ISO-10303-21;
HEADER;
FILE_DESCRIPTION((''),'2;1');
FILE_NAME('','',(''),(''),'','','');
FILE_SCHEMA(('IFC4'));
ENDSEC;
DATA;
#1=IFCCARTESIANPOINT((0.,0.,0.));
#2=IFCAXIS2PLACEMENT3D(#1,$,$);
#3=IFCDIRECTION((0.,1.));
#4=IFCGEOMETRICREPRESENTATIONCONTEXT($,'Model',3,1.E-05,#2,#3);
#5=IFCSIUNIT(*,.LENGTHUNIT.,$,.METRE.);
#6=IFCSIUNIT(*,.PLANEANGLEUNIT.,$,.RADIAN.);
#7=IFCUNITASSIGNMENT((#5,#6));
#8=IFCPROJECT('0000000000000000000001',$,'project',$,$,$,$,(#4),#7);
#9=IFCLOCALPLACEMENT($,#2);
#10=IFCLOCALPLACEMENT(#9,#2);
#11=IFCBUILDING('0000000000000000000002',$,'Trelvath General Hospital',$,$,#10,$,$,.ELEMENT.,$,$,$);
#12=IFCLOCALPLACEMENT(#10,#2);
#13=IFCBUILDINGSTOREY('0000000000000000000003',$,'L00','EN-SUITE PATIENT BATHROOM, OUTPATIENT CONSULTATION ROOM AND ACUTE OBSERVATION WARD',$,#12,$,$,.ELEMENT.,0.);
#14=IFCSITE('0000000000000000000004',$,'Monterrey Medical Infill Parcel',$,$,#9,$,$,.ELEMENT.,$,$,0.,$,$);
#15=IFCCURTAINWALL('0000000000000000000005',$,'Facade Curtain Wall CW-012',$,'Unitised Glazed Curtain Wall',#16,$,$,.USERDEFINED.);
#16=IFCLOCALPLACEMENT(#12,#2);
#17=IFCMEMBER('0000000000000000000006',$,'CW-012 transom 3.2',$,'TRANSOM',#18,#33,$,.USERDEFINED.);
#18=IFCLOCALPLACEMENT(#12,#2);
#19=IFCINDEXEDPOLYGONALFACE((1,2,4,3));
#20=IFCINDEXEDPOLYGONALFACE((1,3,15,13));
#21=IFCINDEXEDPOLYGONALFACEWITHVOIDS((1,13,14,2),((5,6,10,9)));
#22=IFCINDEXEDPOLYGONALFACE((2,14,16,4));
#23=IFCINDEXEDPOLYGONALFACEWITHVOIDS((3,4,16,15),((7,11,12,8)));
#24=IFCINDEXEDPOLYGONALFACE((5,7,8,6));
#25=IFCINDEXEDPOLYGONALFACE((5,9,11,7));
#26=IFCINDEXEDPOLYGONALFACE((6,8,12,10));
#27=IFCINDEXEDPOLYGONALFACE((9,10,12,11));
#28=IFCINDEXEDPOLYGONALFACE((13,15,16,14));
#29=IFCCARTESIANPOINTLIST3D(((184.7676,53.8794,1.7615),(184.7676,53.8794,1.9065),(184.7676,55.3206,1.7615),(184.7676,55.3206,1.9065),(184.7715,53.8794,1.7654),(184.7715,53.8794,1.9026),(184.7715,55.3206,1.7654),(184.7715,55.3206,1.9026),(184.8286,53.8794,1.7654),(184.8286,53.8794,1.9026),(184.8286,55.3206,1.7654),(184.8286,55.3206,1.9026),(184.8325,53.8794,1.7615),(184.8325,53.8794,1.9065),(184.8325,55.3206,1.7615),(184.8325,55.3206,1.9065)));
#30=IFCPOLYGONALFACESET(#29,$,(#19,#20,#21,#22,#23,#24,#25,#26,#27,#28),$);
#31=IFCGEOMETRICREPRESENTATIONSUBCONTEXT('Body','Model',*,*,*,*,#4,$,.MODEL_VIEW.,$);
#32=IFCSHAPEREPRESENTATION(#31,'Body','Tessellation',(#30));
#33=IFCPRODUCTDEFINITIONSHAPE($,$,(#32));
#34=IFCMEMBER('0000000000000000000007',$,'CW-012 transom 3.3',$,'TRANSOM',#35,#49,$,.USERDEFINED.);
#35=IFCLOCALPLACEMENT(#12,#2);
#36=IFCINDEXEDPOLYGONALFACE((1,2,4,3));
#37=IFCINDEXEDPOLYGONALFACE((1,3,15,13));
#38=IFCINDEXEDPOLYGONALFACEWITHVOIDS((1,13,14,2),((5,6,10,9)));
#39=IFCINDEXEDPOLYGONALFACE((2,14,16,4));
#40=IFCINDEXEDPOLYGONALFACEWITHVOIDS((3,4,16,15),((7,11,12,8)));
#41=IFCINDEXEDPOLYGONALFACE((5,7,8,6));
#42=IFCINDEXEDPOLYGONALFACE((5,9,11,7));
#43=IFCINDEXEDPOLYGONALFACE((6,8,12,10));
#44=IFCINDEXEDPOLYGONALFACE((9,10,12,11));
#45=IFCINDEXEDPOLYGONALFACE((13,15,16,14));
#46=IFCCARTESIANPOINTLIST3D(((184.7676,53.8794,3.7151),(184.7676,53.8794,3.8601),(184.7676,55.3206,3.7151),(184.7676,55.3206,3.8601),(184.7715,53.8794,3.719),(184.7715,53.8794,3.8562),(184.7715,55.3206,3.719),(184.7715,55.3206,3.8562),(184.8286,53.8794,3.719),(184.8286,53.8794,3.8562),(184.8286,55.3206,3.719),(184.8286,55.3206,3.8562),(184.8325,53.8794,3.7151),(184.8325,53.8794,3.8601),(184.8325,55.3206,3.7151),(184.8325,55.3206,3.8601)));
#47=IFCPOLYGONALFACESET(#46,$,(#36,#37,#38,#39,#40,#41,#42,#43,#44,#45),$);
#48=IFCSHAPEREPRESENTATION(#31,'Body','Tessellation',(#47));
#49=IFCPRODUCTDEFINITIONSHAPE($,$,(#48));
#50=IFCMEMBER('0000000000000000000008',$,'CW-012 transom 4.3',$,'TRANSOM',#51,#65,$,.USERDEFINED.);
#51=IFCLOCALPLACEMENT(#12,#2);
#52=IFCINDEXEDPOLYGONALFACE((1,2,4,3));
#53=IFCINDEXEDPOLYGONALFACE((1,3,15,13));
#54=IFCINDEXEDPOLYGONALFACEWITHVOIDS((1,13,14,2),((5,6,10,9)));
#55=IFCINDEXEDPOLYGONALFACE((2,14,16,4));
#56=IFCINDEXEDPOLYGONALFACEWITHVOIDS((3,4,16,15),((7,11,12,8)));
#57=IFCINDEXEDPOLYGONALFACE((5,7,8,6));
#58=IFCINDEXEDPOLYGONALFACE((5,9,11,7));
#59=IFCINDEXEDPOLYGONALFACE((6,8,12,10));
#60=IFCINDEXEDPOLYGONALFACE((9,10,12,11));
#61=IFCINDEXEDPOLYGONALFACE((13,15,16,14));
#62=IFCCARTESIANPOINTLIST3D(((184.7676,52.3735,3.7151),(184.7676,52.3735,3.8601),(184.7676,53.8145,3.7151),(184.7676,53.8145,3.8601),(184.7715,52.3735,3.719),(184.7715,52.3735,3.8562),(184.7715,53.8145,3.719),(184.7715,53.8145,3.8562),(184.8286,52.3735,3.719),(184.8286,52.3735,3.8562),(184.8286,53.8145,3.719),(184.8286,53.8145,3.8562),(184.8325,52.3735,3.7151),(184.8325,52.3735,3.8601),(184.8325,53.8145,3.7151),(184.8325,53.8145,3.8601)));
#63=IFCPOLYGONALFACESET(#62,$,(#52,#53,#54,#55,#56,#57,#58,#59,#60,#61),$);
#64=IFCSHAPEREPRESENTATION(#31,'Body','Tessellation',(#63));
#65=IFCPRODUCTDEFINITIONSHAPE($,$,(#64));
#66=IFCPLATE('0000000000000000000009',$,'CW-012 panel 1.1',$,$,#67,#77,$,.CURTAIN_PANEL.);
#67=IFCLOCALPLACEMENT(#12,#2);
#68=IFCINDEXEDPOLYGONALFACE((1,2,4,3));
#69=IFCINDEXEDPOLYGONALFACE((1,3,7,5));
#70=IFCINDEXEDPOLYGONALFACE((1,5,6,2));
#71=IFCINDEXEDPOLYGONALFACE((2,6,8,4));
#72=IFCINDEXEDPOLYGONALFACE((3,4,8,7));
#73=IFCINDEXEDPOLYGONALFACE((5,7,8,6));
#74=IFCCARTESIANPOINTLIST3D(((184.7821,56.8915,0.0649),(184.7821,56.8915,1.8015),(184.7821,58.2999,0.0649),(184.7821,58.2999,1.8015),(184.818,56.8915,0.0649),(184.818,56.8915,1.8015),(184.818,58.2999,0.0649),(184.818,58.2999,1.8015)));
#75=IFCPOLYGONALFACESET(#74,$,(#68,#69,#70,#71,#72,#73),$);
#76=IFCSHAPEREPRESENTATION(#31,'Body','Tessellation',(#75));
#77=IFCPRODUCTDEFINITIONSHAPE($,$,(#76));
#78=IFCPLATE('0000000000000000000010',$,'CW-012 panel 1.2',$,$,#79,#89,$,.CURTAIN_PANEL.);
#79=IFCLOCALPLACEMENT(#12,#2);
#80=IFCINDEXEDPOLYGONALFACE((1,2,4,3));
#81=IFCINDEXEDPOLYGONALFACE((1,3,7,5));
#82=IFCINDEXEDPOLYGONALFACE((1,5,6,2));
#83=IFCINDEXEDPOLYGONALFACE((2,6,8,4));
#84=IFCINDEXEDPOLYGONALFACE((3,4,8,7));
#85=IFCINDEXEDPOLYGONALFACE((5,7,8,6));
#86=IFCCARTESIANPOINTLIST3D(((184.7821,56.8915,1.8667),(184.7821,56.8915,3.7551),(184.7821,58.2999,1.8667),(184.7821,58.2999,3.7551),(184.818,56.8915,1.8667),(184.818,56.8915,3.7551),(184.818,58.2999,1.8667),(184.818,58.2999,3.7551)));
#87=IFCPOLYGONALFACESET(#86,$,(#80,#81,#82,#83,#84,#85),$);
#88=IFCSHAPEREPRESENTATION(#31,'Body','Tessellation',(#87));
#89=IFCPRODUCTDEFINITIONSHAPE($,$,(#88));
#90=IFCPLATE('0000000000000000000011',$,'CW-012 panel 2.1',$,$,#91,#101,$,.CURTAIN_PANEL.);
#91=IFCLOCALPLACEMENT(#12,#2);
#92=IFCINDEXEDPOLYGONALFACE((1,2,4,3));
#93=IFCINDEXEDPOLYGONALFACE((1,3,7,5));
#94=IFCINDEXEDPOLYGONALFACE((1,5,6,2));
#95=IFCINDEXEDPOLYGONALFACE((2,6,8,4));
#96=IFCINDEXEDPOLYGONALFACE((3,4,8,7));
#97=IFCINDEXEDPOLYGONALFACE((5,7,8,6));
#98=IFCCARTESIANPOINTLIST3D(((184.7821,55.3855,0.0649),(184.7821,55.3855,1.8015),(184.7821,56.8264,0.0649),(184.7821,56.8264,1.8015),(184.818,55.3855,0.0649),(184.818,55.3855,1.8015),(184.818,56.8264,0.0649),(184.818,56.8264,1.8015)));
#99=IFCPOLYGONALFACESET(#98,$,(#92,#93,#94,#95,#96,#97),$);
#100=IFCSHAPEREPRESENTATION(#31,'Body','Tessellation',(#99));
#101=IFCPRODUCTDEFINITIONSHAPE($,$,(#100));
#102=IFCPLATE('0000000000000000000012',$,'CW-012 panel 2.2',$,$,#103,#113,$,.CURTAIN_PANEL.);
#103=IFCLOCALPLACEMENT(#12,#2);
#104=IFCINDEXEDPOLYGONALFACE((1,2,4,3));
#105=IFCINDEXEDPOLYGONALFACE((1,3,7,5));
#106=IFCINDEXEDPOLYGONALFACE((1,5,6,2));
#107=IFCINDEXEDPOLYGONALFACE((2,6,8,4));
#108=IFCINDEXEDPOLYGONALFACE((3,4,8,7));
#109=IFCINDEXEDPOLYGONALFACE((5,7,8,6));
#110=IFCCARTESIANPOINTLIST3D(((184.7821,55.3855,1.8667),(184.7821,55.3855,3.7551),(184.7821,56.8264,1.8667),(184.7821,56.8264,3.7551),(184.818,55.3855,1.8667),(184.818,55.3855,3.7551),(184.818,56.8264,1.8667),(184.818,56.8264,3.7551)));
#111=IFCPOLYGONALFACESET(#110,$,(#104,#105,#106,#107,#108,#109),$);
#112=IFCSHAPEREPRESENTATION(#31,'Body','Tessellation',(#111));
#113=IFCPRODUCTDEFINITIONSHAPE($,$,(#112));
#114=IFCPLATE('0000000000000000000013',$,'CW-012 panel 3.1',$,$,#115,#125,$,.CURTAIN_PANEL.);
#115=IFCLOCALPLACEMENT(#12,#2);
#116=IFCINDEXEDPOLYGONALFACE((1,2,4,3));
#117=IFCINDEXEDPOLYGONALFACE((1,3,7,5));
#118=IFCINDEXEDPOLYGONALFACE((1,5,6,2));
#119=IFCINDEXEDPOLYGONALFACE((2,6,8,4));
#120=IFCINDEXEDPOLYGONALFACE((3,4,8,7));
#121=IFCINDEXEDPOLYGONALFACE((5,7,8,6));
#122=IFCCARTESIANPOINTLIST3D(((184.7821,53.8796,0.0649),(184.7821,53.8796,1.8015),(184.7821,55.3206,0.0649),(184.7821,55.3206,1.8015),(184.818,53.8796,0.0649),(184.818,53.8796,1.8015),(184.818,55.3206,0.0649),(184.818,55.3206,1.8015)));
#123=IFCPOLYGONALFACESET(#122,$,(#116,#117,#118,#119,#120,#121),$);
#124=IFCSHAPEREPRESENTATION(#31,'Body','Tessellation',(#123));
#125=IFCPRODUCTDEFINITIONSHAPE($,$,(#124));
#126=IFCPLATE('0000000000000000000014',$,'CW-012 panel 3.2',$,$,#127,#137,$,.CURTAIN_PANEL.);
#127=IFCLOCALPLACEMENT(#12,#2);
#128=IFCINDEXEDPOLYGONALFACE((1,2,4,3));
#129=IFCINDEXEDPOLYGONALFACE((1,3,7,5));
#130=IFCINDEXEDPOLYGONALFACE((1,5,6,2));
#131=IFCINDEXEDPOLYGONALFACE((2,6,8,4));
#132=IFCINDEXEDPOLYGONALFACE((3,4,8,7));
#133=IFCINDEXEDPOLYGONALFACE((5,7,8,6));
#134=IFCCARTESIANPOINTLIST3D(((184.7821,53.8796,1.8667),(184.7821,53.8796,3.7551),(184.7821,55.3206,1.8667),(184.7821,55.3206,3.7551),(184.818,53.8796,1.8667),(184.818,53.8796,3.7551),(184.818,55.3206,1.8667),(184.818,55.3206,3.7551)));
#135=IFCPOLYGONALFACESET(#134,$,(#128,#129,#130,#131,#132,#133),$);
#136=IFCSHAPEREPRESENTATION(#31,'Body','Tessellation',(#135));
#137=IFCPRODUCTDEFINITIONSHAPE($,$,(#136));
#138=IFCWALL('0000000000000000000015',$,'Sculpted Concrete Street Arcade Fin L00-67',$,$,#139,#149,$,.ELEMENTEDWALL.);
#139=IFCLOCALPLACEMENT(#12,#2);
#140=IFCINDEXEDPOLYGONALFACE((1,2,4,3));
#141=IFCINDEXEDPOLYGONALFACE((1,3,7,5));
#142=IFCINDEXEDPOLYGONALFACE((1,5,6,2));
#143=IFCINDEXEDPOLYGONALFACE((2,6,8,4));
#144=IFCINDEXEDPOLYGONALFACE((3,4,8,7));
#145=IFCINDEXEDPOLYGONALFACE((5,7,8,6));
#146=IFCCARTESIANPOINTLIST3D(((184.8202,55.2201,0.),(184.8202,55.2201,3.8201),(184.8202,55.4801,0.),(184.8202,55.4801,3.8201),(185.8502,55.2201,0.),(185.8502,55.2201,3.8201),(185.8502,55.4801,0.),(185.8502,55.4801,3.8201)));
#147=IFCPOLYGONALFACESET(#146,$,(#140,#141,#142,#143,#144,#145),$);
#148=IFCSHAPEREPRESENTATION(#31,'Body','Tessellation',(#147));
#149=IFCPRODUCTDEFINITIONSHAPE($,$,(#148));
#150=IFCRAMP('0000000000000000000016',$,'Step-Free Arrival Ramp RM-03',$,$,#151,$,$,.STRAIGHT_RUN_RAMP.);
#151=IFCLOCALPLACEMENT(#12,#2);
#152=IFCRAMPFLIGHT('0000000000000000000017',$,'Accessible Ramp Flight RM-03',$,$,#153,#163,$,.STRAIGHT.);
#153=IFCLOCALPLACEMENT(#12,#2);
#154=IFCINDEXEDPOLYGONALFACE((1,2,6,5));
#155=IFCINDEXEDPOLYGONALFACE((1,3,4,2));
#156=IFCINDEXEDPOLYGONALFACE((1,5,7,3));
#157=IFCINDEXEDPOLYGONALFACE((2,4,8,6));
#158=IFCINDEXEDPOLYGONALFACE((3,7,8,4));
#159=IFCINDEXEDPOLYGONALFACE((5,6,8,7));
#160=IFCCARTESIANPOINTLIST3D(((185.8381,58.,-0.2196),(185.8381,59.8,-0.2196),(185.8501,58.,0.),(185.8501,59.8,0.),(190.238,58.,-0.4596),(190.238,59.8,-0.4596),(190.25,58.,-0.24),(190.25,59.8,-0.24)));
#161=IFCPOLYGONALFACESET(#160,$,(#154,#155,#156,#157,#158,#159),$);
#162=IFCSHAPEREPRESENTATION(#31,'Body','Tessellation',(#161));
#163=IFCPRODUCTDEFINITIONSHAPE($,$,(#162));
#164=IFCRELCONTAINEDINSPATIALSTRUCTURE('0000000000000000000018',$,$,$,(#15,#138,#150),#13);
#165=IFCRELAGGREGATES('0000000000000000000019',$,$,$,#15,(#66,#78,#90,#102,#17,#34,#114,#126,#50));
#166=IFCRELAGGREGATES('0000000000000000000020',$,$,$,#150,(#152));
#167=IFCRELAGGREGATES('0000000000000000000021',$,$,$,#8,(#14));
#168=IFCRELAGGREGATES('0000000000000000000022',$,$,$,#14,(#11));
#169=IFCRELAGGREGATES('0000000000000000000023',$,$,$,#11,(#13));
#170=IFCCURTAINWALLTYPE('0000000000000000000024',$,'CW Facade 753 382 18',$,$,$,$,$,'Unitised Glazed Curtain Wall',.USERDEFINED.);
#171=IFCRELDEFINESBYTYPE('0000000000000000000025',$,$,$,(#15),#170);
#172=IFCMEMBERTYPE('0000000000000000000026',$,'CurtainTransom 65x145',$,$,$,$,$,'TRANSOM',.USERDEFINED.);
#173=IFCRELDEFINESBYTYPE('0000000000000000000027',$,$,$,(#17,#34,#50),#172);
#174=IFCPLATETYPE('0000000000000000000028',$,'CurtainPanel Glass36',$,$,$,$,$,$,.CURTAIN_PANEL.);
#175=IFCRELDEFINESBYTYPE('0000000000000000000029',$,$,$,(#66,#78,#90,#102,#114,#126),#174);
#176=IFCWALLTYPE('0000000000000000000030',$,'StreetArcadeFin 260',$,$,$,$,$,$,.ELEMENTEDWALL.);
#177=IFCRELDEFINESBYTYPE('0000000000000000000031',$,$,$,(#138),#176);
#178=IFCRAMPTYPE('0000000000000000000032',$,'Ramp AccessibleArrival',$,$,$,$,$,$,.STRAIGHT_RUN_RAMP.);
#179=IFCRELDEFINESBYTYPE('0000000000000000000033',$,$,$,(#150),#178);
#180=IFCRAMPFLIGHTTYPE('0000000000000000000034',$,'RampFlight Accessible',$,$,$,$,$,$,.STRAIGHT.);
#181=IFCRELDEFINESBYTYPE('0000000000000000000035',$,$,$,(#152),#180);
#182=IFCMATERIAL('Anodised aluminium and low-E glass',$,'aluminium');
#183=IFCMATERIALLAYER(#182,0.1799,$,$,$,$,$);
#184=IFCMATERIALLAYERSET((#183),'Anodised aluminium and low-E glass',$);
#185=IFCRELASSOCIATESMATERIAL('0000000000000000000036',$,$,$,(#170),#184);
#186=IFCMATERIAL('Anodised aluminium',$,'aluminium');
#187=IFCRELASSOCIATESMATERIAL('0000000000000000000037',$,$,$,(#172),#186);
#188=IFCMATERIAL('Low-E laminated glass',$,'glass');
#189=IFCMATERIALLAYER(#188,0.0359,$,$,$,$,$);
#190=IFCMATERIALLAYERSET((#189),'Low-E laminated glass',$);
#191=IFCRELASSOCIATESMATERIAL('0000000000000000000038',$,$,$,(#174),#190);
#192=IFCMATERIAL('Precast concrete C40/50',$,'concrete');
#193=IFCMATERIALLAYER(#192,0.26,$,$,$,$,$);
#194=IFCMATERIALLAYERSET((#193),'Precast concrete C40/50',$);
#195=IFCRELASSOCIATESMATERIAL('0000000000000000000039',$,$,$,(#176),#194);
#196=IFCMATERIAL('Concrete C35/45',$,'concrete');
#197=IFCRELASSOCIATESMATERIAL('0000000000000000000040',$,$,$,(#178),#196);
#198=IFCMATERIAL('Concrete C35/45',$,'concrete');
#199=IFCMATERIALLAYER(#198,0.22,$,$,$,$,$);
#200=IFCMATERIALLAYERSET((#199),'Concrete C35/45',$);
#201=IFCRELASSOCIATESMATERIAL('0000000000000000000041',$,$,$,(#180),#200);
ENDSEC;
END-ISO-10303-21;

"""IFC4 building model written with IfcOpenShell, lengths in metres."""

from ifc_helpers import new_model, si_unit, direction, frame, frame_2d, origin, origin_2d, place, context, subcontext, project, spatial, polyline, rectangle, hollow_rectangle, outline, extrude, material, layer, layer_set, material_profile, profile_set, type_object, element, aggregate, save


model = new_model("IFC4")

# Units and contexts
model_context = context("Model", 3, precision=1e-05, world=origin(), true_north=direction((0.0, 1.0)))
body_context = subcontext(model_context, "Body", "Model", "MODEL_VIEW")
ifc_project = project(units=[si_unit("LENGTHUNIT", "METRE"), si_unit("PLANEANGLEUNIT", "RADIAN")], contexts=[model_context])

# Site, building, storey
site_placement = place(None, origin())
site = spatial("IfcSite", under=ifc_project, at=site_placement, Name="Monterrey Medical Infill Parcel", CompositionType="ELEMENT", RefElevation=0.0)
building_placement = place(site_placement, origin())
building = spatial("IfcBuilding", under=site, at=building_placement, Name="Trelvath General Hospital", CompositionType="ELEMENT")
storey_placement = place(building_placement, origin())
storey = spatial("IfcBuildingStorey", under=building, at=storey_placement, Name="L00", Description="EN-SUITE PATIENT BATHROOM, OUTPATIENT CONSULTATION ROOM AND ACUTE OBSERVATION WARD", CompositionType="ELEMENT", Elevation=0.0)

# Curtain wall, members, plates
ifc_material_1 = material(Name="Anodised aluminium and low-E glass", Category="aluminium")
ifc_layer_1 = layer(ifc_material_1, 0.1799)
ifc_layer_set_1 = layer_set([ifc_layer_1], Name="Anodised aluminium and low-E glass")
curtain_wall_type = type_object("IfcCurtainWallType", Name="CW Facade 753 382 18", ElementType="Unitised Glazed Curtain Wall", PredefinedType="USERDEFINED", material=ifc_layer_set_1)
curtain_wall_placement = place(storey_placement, origin())
curtain_wall = element("IfcCurtainWall", 1, at=curtain_wall_placement, inside=storey, type_object=curtain_wall_type, Name="Facade Curtain Wall CW-012", ObjectType="Unitised Glazed Curtain Wall", PredefinedType="USERDEFINED")
ifc_material_2 = material(Name="Anodised aluminium", Category="aluminium")
ifc_material_profile_1 = material_profile(ifc_material_2, hollow_rectangle(XDim=0.0649, YDim=0.145, WallThickness=0.0039, at=origin_2d()), Name="RHS65x145x4")
ifc_profile_set_1 = profile_set([ifc_material_profile_1], Name="Anodised aluminium")
member_type_1 = type_object("IfcMemberType", Name="CurtainTransom 65x145", ElementType="TRANSOM", PredefinedType="USERDEFINED", material=ifc_profile_set_1)
member_1_placement = place(storey_placement, frame((184.8, 55.3206, 1.834), z_axis=(0.0, -1.0, 0.0), x_axis=(1.0, 0.0, 0.0)))
member_1 = element("IfcMember", 2, at=member_1_placement, type_object=member_type_1, Name="CW-012 transom 3.2", ObjectType="TRANSOM", PredefinedType="USERDEFINED", context=body_context, shape_type="SweptSolid", body=[
    extrude(hollow_rectangle(XDim=0.0649, YDim=0.145, WallThickness=0.0039, at=origin_2d()), origin(), (0.0, 0.0, 1.0), 1.4412),
])
member_2_placement = place(storey_placement, frame((184.8, 55.3206, 3.7876), z_axis=(0.0, -1.0, 0.0), x_axis=(1.0, 0.0, 0.0)))
member_2 = element("IfcMember", 3, at=member_2_placement, type_object=member_type_1, Name="CW-012 transom 3.3", ObjectType="TRANSOM", PredefinedType="USERDEFINED", context=body_context, shape_type="SweptSolid", body=[
    extrude(hollow_rectangle(XDim=0.0649, YDim=0.145, WallThickness=0.0039, at=origin_2d()), origin(), (0.0, 0.0, 1.0), 1.4412),
])
member_3_placement = place(storey_placement, frame((184.8, 53.8145, 3.7876), z_axis=(0.0, -1.0, 0.0), x_axis=(1.0, 0.0, 0.0)))
member_3 = element("IfcMember", 4, at=member_3_placement, type_object=member_type_1, Name="CW-012 transom 4.3", ObjectType="TRANSOM", PredefinedType="USERDEFINED", context=body_context, shape_type="SweptSolid", body=[
    extrude(hollow_rectangle(XDim=0.0649, YDim=0.145, WallThickness=0.0039, at=origin_2d()), origin(), (0.0, 0.0, 1.0), 1.4409),
])
ifc_material_3 = material(Name="Low-E laminated glass", Category="glass")
ifc_layer_2 = layer(ifc_material_3, 0.0359)
ifc_layer_set_2 = layer_set([ifc_layer_2], Name="Low-E laminated glass")
plate_type = type_object("IfcPlateType", Name="CurtainPanel Glass36", PredefinedType="CURTAIN_PANEL", material=ifc_layer_set_2)
plate_1_placement = place(storey_placement, frame((184.8, 57.5957, 0.0649), z_axis=(0.0, 0.0, 1.0), x_axis=(0.0, -1.0, 0.0)))
plate_1 = element("IfcPlate", 5, at=plate_1_placement, type_object=plate_type, Name="CW-012 panel 1.1", PredefinedType="CURTAIN_PANEL", context=body_context, shape_type="SweptSolid", body=[
    extrude(rectangle(XDim=1.4084, YDim=0.0359, at=origin_2d()), origin(), (0.0, 0.0, 1.0), 1.7366),
])
plate_2_placement = place(storey_placement, frame((184.8, 57.5957, 1.8667), z_axis=(0.0, 0.0, 1.0), x_axis=(0.0, -1.0, 0.0)))
plate_2 = element("IfcPlate", 6, at=plate_2_placement, type_object=plate_type, Name="CW-012 panel 1.2", PredefinedType="CURTAIN_PANEL", context=body_context, shape_type="SweptSolid", body=[
    extrude(rectangle(XDim=1.4084, YDim=0.0359, at=origin_2d()), origin(), (0.0, 0.0, 1.0), 1.8884),
])
plate_3_placement = place(storey_placement, frame((184.8, 56.106, 0.0649), z_axis=(0.0, 0.0, 1.0), x_axis=(0.0, -1.0, 0.0)))
plate_3 = element("IfcPlate", 7, at=plate_3_placement, type_object=plate_type, Name="CW-012 panel 2.1", PredefinedType="CURTAIN_PANEL", context=body_context, shape_type="SweptSolid", body=[
    extrude(rectangle(XDim=1.4409, YDim=0.0359, at=origin_2d()), origin(), (0.0, 0.0, 1.0), 1.7366),
])
plate_4_placement = place(storey_placement, frame((184.8, 56.106, 1.8667), z_axis=(0.0, 0.0, 1.0), x_axis=(0.0, -1.0, 0.0)))
plate_4 = element("IfcPlate", 8, at=plate_4_placement, type_object=plate_type, Name="CW-012 panel 2.2", PredefinedType="CURTAIN_PANEL", context=body_context, shape_type="SweptSolid", body=[
    extrude(rectangle(XDim=1.4409, YDim=0.0359, at=origin_2d()), origin(), (0.0, 0.0, 1.0), 1.8884),
])
plate_5_placement = place(storey_placement, frame((184.8, 54.6001, 0.0649), z_axis=(0.0, 0.0, 1.0), x_axis=(0.0, -1.0, 0.0)))
plate_5 = element("IfcPlate", 9, at=plate_5_placement, type_object=plate_type, Name="CW-012 panel 3.1", PredefinedType="CURTAIN_PANEL", context=body_context, shape_type="SweptSolid", body=[
    extrude(rectangle(XDim=1.4409, YDim=0.0359, at=origin_2d()), origin(), (0.0, 0.0, 1.0), 1.7366),
])
plate_6_placement = place(storey_placement, frame((184.8, 54.6001, 1.8667), z_axis=(0.0, 0.0, 1.0), x_axis=(0.0, -1.0, 0.0)))
plate_6 = element("IfcPlate", 10, at=plate_6_placement, type_object=plate_type, Name="CW-012 panel 3.2", PredefinedType="CURTAIN_PANEL", context=body_context, shape_type="SweptSolid", body=[
    extrude(rectangle(XDim=1.4409, YDim=0.0359, at=origin_2d()), origin(), (0.0, 0.0, 1.0), 1.8884),
])
aggregate(curtain_wall, [plate_1, plate_2, plate_3, plate_4, member_1, member_2, plate_5, plate_6, member_3])

# Wall
ifc_material_4 = material(Name="Precast concrete C40/50", Category="concrete")
ifc_layer_3 = layer(ifc_material_4, 0.26)
ifc_layer_set_3 = layer_set([ifc_layer_3], Name="Precast concrete C40/50")
wall_type = type_object("IfcWallType", Name="StreetArcadeFin 260", PredefinedType="ELEMENTEDWALL", material=ifc_layer_set_3)
wall_placement = place(storey_placement, frame((184.8201, 55.3501, 0.0), z_axis=(0.0, 0.0, 1.0), x_axis=(1.0, 0.0, 0.0)))
element("IfcWall", 11, at=wall_placement, inside=storey, type_object=wall_type, Name="Sculpted Concrete Street Arcade Fin L00-67", PredefinedType="ELEMENTEDWALL", context=body_context, shape_type="SweptSolid", body=[
    extrude(rectangle(XDim=1.03, YDim=0.26, at=frame_2d((0.5151, 0.0))), origin(), (0.0, 0.0, 1.0), 3.8201),
])

# Ramp, ramp flight
ifc_material_5 = material(Name="Concrete C35/45", Category="concrete")
ramp_type = type_object("IfcRampType", Name="Ramp AccessibleArrival", PredefinedType="STRAIGHT_RUN_RAMP", material=ifc_material_5)
ramp_placement = place(storey_placement, origin())
ramp = element("IfcRamp", 12, at=ramp_placement, inside=storey, type_object=ramp_type, Name="Step-Free Arrival Ramp RM-03", PredefinedType="STRAIGHT_RUN_RAMP")
ifc_material_6 = material(Name="Concrete C35/45", Category="concrete")
ifc_layer_4 = layer(ifc_material_6, 0.22)
ifc_layer_set_4 = layer_set([ifc_layer_4], Name="Concrete C35/45")
ramp_flight_type = type_object("IfcRampFlightType", Name="RampFlight Accessible", PredefinedType="STRAIGHT", material=ifc_layer_set_4)
ramp_flight_placement = place(storey_placement, frame((185.8501, 58.0, 0.0), z_axis=(0.054463, 0.0, 0.998516), x_axis=(0.998516, 0.0, -0.054463)))
ramp_flight = element("IfcRampFlight", 13, at=ramp_flight_placement, type_object=ramp_flight_type, Name="Accessible Ramp Flight RM-03", PredefinedType="STRAIGHT", context=body_context, shape_type="SweptSolid", body=[
    extrude(outline(polyline([(0.0, 0.0), (4.4064, 0.0), (4.4064, 1.8), (0.0, 1.8), (0.0, 0.0)])), origin(), (0.0, 0.0, -1.0), 0.22),
])
aggregate(ramp, [ramp_flight])

save(model, "model.ifc")
